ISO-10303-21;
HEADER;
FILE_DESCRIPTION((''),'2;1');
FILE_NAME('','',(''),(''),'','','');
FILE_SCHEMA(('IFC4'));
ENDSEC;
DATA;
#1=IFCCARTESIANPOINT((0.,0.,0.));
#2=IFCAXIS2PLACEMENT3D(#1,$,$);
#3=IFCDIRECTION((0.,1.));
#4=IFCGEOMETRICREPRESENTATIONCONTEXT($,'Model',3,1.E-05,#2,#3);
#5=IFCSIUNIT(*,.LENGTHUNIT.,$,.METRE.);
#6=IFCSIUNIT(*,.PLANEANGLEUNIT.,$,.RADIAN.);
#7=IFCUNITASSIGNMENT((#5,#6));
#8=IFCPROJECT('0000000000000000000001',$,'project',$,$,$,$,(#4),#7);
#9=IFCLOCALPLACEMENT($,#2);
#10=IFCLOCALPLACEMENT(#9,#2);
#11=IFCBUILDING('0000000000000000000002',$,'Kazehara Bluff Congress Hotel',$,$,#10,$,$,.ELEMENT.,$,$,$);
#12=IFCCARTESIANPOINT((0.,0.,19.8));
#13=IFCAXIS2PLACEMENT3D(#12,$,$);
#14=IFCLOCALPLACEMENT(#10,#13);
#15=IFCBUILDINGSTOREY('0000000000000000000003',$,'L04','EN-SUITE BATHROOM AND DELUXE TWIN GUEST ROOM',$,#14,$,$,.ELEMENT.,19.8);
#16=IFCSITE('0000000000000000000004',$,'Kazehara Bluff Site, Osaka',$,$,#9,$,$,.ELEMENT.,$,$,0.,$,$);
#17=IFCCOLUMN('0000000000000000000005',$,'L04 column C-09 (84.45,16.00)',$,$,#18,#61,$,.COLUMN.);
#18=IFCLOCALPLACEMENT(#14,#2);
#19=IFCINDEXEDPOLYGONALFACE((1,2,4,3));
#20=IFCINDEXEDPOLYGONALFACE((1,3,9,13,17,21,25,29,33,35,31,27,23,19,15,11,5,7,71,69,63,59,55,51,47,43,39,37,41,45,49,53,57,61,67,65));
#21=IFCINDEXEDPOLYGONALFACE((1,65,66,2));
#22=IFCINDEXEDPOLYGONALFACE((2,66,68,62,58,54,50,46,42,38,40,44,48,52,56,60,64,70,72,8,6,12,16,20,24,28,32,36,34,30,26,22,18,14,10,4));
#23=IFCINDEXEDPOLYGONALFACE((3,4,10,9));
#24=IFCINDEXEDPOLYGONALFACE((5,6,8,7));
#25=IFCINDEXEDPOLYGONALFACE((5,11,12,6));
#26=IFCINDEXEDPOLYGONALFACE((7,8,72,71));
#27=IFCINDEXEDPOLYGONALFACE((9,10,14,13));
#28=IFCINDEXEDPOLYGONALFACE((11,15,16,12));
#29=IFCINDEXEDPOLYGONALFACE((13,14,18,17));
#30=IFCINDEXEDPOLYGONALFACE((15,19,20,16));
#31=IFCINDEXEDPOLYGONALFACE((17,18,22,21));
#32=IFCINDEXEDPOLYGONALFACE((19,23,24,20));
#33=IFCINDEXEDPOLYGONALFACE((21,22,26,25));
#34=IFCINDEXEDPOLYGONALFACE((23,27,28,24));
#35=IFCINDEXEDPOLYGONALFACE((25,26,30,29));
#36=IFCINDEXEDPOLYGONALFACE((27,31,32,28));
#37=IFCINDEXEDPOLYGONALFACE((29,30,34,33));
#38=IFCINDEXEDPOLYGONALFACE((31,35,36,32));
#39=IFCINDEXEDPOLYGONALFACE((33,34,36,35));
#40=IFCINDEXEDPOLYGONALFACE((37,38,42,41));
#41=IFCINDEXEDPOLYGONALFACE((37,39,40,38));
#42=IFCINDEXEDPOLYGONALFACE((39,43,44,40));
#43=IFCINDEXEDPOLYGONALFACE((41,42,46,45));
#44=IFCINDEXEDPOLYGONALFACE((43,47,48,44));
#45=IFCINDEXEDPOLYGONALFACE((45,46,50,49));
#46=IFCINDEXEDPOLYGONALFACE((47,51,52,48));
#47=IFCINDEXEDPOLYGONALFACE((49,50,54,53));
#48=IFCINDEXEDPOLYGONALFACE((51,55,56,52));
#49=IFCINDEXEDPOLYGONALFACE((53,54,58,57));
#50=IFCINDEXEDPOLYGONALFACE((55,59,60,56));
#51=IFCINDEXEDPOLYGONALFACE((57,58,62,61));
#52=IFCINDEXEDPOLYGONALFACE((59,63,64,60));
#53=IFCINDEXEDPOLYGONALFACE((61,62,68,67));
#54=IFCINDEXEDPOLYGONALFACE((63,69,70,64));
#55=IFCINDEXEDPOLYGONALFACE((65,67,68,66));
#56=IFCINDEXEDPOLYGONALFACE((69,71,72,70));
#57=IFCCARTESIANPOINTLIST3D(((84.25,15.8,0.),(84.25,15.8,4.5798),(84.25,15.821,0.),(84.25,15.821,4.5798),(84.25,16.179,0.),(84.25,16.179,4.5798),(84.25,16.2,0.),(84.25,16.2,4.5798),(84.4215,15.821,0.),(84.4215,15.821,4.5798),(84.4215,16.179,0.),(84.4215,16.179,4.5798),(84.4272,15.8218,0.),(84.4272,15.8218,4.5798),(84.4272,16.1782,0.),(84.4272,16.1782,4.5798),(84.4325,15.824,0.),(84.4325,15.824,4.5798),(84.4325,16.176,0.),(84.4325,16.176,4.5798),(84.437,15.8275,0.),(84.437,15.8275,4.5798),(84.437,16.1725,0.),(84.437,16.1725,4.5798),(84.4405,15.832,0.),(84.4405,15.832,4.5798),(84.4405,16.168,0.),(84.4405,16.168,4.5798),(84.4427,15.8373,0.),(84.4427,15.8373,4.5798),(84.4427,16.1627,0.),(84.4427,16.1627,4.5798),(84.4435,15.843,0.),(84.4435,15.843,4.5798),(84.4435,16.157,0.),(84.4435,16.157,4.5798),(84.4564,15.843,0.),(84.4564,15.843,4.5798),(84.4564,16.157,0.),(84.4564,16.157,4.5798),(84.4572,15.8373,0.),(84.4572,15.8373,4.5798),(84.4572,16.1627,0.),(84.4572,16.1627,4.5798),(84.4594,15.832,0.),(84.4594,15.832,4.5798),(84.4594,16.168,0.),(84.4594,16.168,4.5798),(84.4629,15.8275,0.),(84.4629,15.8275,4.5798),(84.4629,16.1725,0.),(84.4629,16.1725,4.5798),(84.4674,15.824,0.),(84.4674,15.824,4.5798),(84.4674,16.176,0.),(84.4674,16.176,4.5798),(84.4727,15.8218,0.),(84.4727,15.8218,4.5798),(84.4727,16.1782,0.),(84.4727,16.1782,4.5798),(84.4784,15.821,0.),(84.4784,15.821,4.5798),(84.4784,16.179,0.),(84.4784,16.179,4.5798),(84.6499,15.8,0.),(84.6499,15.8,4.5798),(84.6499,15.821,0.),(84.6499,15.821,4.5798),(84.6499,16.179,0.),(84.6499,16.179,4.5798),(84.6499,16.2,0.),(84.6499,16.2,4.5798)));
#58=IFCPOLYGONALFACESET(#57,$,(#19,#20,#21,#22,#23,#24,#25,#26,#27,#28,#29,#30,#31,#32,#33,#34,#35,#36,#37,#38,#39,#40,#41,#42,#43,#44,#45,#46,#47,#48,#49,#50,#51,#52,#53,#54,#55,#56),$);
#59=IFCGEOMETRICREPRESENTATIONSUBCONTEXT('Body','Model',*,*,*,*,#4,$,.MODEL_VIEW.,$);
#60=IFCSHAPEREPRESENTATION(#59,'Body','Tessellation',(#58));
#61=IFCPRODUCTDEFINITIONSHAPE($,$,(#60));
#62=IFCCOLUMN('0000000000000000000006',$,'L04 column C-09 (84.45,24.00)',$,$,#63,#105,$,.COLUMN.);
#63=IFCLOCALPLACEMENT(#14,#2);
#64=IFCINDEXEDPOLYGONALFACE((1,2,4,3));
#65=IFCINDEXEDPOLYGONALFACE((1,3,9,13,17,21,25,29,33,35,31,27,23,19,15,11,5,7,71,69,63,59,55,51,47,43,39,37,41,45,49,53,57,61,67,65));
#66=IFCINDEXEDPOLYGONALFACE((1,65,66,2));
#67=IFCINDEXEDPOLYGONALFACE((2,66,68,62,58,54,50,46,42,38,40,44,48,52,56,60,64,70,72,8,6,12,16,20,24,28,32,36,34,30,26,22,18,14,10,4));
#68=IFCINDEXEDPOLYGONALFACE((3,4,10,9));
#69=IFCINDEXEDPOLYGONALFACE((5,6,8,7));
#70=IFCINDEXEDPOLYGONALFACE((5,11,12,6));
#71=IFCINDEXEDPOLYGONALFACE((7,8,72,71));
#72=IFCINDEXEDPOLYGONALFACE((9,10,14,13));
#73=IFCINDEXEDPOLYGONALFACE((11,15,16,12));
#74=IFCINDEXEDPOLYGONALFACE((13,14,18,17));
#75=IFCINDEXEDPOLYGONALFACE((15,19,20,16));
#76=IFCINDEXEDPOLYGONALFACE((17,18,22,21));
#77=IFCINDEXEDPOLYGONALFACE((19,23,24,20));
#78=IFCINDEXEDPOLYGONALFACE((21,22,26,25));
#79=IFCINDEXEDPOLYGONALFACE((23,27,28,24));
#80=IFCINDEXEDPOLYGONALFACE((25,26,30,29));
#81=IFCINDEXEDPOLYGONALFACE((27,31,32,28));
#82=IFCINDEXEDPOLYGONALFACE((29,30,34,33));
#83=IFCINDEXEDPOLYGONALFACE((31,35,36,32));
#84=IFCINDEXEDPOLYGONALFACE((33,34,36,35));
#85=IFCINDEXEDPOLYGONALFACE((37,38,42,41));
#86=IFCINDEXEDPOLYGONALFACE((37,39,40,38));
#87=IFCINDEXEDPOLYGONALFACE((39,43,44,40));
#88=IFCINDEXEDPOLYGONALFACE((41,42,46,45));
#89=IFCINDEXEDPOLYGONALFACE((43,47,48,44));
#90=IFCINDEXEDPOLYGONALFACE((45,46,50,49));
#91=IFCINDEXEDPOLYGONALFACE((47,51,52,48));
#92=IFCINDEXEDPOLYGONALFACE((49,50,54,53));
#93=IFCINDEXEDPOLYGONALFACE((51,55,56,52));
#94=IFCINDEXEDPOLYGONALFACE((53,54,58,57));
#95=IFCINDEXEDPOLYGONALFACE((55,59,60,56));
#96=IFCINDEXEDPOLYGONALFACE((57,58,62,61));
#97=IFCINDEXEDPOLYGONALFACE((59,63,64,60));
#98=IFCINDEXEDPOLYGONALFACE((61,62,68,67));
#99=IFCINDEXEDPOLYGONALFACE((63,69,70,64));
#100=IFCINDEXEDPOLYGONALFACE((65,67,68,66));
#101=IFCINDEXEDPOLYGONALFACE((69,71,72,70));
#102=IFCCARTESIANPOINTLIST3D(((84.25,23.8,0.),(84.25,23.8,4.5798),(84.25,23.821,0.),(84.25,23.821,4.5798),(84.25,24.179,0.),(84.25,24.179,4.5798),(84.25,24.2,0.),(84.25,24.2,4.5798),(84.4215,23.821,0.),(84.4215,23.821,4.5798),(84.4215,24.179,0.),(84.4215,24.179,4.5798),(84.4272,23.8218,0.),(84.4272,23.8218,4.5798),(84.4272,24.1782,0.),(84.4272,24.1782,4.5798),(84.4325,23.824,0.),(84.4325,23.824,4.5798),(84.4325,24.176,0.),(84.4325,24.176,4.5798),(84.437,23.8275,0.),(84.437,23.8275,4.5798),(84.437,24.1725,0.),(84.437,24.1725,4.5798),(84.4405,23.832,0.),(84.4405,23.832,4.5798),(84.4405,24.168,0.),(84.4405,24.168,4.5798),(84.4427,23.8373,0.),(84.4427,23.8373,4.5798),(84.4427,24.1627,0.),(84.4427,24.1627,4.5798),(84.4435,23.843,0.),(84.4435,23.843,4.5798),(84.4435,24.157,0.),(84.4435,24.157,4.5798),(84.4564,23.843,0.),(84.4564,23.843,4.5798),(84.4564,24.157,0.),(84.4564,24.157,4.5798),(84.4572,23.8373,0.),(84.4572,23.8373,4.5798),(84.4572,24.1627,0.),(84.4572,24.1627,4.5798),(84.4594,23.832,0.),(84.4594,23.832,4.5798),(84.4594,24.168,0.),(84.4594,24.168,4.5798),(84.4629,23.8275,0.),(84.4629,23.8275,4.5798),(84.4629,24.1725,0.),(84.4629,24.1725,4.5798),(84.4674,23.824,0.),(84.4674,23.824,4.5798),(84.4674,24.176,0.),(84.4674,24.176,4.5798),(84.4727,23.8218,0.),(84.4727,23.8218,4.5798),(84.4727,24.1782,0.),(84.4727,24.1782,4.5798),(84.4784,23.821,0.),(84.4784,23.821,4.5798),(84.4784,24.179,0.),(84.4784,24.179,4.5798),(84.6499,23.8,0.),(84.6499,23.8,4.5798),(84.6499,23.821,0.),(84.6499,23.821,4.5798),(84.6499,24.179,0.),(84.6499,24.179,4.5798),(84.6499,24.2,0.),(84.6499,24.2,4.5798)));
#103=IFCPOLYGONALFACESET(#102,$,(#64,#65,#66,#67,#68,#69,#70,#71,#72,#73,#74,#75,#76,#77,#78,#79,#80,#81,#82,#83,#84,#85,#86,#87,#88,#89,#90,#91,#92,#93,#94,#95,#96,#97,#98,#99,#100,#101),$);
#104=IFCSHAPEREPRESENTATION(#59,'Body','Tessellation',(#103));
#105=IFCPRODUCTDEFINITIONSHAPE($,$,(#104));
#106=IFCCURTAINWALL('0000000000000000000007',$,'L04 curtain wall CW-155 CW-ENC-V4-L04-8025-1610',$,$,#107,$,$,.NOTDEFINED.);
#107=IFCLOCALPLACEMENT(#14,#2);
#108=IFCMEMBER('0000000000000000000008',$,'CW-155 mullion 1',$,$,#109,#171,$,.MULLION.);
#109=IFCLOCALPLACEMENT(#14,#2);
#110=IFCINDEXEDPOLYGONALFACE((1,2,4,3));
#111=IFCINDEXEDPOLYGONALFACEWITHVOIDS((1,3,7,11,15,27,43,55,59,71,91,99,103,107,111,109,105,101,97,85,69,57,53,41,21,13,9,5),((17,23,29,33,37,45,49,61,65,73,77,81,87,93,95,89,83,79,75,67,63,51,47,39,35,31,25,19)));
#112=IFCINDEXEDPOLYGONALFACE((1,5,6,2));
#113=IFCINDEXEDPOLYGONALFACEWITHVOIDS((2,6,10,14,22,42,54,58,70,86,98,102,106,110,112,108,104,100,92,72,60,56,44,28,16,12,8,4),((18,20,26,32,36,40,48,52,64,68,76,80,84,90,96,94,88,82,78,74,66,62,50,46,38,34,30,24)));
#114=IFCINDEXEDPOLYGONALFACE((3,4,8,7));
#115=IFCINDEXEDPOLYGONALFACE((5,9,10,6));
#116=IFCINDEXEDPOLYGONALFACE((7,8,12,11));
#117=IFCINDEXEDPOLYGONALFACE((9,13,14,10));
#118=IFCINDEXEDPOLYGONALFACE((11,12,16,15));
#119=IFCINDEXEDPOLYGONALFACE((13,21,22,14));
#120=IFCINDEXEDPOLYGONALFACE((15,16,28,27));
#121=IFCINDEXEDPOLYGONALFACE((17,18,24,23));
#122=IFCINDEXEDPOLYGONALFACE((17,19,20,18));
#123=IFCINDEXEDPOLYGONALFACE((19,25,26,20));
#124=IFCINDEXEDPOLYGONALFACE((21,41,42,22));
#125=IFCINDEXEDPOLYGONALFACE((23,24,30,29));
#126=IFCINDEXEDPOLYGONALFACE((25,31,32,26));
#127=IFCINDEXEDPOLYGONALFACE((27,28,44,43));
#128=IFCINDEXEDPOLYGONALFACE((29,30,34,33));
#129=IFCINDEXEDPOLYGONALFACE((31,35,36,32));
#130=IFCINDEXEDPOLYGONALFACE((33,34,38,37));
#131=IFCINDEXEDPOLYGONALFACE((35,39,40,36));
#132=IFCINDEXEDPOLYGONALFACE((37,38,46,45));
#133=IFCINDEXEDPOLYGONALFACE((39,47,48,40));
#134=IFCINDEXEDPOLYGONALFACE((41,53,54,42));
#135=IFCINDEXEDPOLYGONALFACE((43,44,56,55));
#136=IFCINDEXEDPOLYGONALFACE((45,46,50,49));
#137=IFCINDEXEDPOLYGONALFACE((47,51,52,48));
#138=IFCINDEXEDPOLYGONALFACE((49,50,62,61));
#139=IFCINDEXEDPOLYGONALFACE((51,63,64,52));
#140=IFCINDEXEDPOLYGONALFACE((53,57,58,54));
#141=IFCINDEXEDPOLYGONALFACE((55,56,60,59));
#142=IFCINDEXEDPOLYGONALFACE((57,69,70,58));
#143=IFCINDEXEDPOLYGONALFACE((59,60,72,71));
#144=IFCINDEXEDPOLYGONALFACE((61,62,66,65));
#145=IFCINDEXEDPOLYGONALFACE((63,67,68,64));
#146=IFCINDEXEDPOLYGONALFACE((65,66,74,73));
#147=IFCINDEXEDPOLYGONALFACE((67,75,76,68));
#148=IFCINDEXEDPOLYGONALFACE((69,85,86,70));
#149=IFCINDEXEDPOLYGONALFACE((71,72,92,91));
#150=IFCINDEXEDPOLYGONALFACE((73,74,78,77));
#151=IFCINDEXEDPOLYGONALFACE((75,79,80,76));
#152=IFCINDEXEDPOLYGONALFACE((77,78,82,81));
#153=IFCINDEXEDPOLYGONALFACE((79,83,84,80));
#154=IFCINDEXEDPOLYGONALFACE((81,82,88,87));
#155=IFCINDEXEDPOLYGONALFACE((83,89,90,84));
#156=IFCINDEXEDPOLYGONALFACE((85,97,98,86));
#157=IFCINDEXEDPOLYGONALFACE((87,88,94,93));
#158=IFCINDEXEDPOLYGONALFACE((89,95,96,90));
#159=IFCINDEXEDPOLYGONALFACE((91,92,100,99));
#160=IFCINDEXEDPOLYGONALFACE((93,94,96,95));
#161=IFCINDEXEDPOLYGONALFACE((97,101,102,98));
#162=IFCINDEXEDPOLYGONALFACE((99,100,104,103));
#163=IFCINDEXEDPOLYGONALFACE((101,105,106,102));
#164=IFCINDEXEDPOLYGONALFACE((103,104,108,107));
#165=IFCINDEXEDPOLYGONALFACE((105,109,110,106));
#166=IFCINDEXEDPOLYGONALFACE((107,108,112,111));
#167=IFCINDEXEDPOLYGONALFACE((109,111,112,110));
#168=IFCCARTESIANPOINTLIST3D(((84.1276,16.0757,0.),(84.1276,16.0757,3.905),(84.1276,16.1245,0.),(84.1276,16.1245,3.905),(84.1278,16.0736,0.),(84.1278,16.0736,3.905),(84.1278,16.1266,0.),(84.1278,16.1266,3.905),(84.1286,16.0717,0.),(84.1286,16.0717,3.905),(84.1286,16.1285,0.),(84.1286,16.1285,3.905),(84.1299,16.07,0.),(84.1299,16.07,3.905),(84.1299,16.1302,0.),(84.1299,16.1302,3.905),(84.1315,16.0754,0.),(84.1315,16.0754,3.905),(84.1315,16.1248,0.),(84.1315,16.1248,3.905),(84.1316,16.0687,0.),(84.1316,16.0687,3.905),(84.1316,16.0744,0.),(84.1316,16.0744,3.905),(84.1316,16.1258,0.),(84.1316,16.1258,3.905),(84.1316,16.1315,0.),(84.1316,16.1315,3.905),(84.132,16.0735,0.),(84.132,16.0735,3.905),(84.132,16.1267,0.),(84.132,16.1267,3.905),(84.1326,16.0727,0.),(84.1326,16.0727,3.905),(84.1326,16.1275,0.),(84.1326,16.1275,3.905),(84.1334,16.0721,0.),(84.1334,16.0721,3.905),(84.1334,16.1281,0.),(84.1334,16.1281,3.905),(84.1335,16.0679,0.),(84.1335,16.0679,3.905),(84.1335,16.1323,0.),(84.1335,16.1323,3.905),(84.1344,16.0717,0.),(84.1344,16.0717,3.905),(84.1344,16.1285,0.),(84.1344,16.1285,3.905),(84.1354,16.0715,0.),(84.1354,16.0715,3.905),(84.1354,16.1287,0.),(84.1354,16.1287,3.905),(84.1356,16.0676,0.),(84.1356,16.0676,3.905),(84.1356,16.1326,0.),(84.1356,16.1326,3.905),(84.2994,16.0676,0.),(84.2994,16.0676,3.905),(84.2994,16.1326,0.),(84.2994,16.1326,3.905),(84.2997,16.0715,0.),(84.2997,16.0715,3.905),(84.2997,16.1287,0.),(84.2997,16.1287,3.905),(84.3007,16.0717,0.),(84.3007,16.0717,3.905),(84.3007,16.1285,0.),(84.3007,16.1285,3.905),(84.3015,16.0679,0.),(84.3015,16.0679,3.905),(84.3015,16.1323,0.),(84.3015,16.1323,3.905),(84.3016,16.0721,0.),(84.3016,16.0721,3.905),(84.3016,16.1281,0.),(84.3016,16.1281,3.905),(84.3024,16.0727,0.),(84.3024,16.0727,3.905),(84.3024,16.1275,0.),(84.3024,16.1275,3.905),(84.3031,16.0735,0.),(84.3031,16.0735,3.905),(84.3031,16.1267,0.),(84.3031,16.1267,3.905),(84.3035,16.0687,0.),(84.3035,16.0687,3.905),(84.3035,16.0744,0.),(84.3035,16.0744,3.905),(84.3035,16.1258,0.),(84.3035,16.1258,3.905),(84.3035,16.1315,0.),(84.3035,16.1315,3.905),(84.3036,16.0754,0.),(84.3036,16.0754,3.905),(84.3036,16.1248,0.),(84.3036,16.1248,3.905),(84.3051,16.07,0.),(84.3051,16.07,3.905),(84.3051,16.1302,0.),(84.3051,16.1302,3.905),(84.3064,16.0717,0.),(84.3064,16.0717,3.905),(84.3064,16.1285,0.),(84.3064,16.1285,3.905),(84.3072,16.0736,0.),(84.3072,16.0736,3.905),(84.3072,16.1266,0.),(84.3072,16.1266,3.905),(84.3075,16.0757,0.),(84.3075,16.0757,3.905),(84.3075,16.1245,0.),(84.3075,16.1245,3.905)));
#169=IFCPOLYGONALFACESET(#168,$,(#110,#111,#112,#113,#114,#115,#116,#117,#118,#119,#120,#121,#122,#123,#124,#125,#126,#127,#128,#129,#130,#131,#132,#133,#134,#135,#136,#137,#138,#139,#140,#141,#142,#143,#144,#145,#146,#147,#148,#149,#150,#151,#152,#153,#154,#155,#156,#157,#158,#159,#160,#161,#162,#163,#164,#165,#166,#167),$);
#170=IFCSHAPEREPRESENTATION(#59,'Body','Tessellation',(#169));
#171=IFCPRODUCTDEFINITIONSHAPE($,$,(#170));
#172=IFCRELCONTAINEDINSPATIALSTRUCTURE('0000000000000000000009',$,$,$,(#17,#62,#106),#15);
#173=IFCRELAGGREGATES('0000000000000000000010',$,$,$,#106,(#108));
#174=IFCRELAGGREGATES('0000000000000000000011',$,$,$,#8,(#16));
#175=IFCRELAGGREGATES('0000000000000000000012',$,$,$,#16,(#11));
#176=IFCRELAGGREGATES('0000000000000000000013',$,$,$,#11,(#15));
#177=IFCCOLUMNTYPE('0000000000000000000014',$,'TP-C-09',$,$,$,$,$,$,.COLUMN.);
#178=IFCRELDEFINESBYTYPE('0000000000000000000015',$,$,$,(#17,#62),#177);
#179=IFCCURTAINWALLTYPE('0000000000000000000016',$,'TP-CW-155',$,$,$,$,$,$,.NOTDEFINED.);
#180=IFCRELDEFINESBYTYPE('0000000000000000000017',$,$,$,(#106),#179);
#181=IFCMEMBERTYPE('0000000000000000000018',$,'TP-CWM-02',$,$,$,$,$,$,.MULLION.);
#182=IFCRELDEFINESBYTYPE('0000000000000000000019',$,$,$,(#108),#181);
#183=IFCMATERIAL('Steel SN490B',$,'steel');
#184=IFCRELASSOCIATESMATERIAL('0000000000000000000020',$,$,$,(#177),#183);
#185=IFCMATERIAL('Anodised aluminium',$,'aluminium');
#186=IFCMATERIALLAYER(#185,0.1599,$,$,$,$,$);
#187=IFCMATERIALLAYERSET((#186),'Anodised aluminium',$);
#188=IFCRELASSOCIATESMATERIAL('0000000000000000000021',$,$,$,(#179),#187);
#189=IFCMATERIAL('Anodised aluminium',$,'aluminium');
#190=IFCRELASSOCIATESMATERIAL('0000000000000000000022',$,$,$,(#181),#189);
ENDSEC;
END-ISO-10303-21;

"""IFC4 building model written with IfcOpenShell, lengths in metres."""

from ifc_helpers import new_model, si_unit, direction, frame, origin, origin_2d, place, context, subcontext, project, spatial, hollow_rectangle, i_section, extrude, material, layer, layer_set, material_profile, profile_set, type_object, element, aggregate, save


model = new_model("IFC4")

# Units and contexts
model_context = context("Model", 3, precision=1e-05, world=origin(), true_north=direction((0.0, 1.0)))
body_context = subcontext(model_context, "Body", "Model", "MODEL_VIEW")
ifc_project = project(units=[si_unit("LENGTHUNIT", "METRE"), si_unit("PLANEANGLEUNIT", "RADIAN")], contexts=[model_context])

# Site, building, storey
site_placement = place(None, origin())
site = spatial("IfcSite", under=ifc_project, at=site_placement, Name="Kazehara Bluff Site, Osaka", CompositionType="ELEMENT", RefElevation=0.0)
building_placement = place(site_placement, origin())
building = spatial("IfcBuilding", under=site, at=building_placement, Name="Kazehara Bluff Congress Hotel", CompositionType="ELEMENT")
storey_placement = place(building_placement, frame((0.0, 0.0, 19.8)))
storey = spatial("IfcBuildingStorey", under=building, at=storey_placement, Name="L04", Description="EN-SUITE BATHROOM AND DELUXE TWIN GUEST ROOM", CompositionType="ELEMENT", Elevation=19.8)

# Columns
ifc_material_1 = material(Name="Steel SN490B", Category="steel")
ifc_material_profile_1 = material_profile(ifc_material_1, i_section(OverallWidth=0.3999, OverallDepth=0.3999, WebThickness=0.0129, FlangeThickness=0.021, FilletRadius=0.022, at=origin_2d()))
ifc_profile_set_1 = profile_set([ifc_material_profile_1], Name="Steel SN490B")
column_type = type_object("IfcColumnType", Name="TP-C-09", PredefinedType="COLUMN", material=ifc_profile_set_1)
for number, where, z_axis, x_axis, name in (
    (1, (84.45, 16.0, 0.0), (0.0, 0.0, 1.0), (1.0, 0.0, 0.0), "L04 column C-09 (84.45,16.00)"),
    (2, (84.45, 24.0, 0.0), (0.0, 0.0, 1.0), (1.0, 0.0, 0.0), "L04 column C-09 (84.45,24.00)"),
):
    element("IfcColumn", number, at=place(storey_placement, frame(where, z_axis=z_axis, x_axis=x_axis)), inside=storey, type_object=column_type, Name=name, PredefinedType="COLUMN", context=body_context, shape_type="SweptSolid", body=[
        extrude(i_section(OverallWidth=0.3999, OverallDepth=0.3999, WebThickness=0.0129, FlangeThickness=0.021, FilletRadius=0.022, at=origin_2d()), origin(), (0.0, 0.0, 1.0), 4.5798),
    ])

# Curtain wall, member
ifc_material_2 = material(Name="Anodised aluminium", Category="aluminium")
ifc_layer_1 = layer(ifc_material_2, 0.1599)
ifc_layer_set_1 = layer_set([ifc_layer_1], Name="Anodised aluminium")
curtain_wall_type_1 = type_object("IfcCurtainWallType", Name="TP-CW-155", PredefinedType="NOTDEFINED", material=ifc_layer_set_1)
curtain_wall_1_placement = place(storey_placement, origin())
curtain_wall_1 = element("IfcCurtainWall", 3, at=curtain_wall_1_placement, inside=storey, type_object=curtain_wall_type_1, Name="L04 curtain wall CW-155 CW-ENC-V4-L04-8025-1610", PredefinedType="NOTDEFINED")
ifc_material_3 = material(Name="Anodised aluminium", Category="aluminium")
ifc_material_profile_2 = material_profile(ifc_material_3, hollow_rectangle(XDim=0.0649, YDim=0.1799, WallThickness=0.0039, InnerFilletRadius=0.0039, OuterFilletRadius=0.0081, at=origin_2d()))
ifc_profile_set_2 = profile_set([ifc_material_profile_2], Name="Anodised aluminium")
member_type_1 = type_object("IfcMemberType", Name="TP-CWM-02", PredefinedType="MULLION", material=ifc_profile_set_2)
member_1_placement = place(storey_placement, frame((84.2175, 16.1001, 0.0), z_axis=(0.0, 0.0, 1.0), x_axis=(0.0, -1.0, 0.0)))
member_1 = element("IfcMember", 4, at=member_1_placement, type_object=member_type_1, Name="CW-155 mullion 1", PredefinedType="MULLION", context=body_context, shape_type="SweptSolid", body=[
    extrude(hollow_rectangle(XDim=0.0649, YDim=0.1799, WallThickness=0.0039, InnerFilletRadius=0.0039, OuterFilletRadius=0.0081, at=origin_2d()), origin(), (0.0, 0.0, 1.0), 3.905),
])

aggregate(curtain_wall_1, [member_1])

save(model, "model.ifc")
